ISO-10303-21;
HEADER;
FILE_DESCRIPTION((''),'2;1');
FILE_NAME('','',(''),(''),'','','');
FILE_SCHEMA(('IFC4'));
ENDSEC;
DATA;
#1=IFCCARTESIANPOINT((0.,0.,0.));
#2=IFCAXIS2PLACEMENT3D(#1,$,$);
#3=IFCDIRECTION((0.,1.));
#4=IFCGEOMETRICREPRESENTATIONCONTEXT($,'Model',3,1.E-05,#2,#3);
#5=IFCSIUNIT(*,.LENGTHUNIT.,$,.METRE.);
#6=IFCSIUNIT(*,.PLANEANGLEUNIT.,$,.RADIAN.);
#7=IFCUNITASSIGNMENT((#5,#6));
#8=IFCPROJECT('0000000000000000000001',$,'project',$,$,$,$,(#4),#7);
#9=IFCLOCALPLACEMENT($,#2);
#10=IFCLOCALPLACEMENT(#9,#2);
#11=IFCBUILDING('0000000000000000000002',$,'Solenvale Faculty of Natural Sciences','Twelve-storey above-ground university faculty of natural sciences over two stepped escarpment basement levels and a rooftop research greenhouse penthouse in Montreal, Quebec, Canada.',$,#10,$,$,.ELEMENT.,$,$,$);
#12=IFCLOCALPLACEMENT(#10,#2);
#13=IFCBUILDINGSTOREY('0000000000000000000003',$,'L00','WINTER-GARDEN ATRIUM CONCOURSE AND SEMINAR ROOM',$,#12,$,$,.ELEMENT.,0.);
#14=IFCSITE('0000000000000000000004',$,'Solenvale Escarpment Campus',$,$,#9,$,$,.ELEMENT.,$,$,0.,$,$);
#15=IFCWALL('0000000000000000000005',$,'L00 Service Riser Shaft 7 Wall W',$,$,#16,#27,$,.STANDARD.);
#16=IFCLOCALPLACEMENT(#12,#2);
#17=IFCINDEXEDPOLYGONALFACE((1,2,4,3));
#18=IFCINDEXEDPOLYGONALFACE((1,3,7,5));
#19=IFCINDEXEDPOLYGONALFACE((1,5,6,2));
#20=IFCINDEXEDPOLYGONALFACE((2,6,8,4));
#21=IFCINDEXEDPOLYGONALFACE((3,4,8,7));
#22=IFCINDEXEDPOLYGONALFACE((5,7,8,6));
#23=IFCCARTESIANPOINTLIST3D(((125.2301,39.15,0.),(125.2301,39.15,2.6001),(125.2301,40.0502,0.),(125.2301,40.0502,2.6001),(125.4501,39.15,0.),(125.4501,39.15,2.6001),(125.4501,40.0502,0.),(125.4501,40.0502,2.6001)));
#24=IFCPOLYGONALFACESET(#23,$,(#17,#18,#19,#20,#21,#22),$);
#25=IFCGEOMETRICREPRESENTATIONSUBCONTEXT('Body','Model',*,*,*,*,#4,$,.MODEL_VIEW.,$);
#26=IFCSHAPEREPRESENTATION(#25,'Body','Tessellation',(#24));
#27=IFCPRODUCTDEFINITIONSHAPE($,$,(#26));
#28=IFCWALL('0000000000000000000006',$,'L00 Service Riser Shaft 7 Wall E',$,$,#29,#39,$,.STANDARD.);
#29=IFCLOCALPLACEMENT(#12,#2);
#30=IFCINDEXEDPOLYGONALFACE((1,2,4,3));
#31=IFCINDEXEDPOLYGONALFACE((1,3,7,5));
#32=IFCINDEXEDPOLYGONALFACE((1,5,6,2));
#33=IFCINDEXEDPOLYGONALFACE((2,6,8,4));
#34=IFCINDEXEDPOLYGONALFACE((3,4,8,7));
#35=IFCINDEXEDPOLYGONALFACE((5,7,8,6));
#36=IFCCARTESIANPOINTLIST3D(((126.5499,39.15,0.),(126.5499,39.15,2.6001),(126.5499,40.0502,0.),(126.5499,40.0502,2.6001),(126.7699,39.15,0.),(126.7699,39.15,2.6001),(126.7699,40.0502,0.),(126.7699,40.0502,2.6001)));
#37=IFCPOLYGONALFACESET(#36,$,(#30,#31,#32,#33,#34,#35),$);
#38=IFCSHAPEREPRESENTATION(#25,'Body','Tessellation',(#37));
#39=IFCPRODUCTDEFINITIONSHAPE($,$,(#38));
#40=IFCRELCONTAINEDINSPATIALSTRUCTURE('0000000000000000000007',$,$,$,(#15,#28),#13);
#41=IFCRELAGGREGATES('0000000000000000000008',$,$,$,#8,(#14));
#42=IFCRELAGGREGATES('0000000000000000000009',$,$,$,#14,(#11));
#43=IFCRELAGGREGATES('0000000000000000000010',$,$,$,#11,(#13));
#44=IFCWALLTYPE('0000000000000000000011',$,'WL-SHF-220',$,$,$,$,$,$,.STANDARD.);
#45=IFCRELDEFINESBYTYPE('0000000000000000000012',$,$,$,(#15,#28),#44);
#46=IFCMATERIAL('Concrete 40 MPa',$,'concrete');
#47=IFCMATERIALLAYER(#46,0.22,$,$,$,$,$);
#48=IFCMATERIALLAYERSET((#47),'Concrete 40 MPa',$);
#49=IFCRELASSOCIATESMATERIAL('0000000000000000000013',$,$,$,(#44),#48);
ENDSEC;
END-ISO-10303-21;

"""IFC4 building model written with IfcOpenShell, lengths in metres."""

from ifc_helpers import new_model, si_unit, direction, frame, frame_2d, origin, place, context, subcontext, project, spatial, rectangle, extrude, material, layer, layer_set, type_object, element, save


model = new_model("IFC4")

# Units and contexts
model_context = context("Model", 3, precision=1e-05, world=origin(), true_north=direction((0.0, 1.0)))
body_context = subcontext(model_context, "Body", "Model", "MODEL_VIEW")
ifc_project = project(units=[si_unit("LENGTHUNIT", "METRE"), si_unit("PLANEANGLEUNIT", "RADIAN")], contexts=[model_context])

# Site, building, storey
site_placement = place(None, origin())
site = spatial("IfcSite", under=ifc_project, at=site_placement, Name="Solenvale Escarpment Campus", CompositionType="ELEMENT", RefElevation=0.0)
building_placement = place(site_placement, origin())
building = spatial("IfcBuilding", under=site, at=building_placement, Name="Solenvale Faculty of Natural Sciences", Description="Twelve-storey above-ground university faculty of natural sciences over two stepped escarpment basement levels and a rooftop research greenhouse penthouse in Montreal, Quebec, Canada.", CompositionType="ELEMENT")
storey_placement = place(building_placement, origin())
storey = spatial("IfcBuildingStorey", under=building, at=storey_placement, Name="L00", Description="WINTER-GARDEN ATRIUM CONCOURSE AND SEMINAR ROOM", CompositionType="ELEMENT", Elevation=0.0)

# Shared definitions
ifc_material_1 = material(Name="Concrete 40 MPa", Category="concrete")

# Walls
ifc_layer_1 = layer(ifc_material_1, 0.22)
ifc_layer_set_1 = layer_set([ifc_layer_1], Name="Concrete 40 MPa")
wall_type_1 = type_object("IfcWallType", Name="WL-SHF-220", PredefinedType="STANDARD", material=ifc_layer_set_1)
for number, where, z_axis, x_axis, name in (
    (1, (125.3401, 39.1499, 0.0), (0.0, 0.0, 1.0), (0.0, 1.0, 0.0), "L00 Service Riser Shaft 7 Wall W"),
    (2, (126.6599, 39.1499, 0.0), (0.0, 0.0, 1.0), (0.0, 1.0, 0.0), "L00 Service Riser Shaft 7 Wall E"),
):
    element("IfcWall", number, at=place(storey_placement, frame(where, z_axis=z_axis, x_axis=x_axis)), inside=storey, type_object=wall_type_1, Name=name, PredefinedType="STANDARD", context=body_context, shape_type="SweptSolid", body=[
        extrude(rectangle(XDim=0.9001, YDim=0.22, at=frame_2d((0.4502, 0.0))), origin(), (0.0, 0.0, 1.0), 2.6001),
    ])

save(model, "model.ifc")
